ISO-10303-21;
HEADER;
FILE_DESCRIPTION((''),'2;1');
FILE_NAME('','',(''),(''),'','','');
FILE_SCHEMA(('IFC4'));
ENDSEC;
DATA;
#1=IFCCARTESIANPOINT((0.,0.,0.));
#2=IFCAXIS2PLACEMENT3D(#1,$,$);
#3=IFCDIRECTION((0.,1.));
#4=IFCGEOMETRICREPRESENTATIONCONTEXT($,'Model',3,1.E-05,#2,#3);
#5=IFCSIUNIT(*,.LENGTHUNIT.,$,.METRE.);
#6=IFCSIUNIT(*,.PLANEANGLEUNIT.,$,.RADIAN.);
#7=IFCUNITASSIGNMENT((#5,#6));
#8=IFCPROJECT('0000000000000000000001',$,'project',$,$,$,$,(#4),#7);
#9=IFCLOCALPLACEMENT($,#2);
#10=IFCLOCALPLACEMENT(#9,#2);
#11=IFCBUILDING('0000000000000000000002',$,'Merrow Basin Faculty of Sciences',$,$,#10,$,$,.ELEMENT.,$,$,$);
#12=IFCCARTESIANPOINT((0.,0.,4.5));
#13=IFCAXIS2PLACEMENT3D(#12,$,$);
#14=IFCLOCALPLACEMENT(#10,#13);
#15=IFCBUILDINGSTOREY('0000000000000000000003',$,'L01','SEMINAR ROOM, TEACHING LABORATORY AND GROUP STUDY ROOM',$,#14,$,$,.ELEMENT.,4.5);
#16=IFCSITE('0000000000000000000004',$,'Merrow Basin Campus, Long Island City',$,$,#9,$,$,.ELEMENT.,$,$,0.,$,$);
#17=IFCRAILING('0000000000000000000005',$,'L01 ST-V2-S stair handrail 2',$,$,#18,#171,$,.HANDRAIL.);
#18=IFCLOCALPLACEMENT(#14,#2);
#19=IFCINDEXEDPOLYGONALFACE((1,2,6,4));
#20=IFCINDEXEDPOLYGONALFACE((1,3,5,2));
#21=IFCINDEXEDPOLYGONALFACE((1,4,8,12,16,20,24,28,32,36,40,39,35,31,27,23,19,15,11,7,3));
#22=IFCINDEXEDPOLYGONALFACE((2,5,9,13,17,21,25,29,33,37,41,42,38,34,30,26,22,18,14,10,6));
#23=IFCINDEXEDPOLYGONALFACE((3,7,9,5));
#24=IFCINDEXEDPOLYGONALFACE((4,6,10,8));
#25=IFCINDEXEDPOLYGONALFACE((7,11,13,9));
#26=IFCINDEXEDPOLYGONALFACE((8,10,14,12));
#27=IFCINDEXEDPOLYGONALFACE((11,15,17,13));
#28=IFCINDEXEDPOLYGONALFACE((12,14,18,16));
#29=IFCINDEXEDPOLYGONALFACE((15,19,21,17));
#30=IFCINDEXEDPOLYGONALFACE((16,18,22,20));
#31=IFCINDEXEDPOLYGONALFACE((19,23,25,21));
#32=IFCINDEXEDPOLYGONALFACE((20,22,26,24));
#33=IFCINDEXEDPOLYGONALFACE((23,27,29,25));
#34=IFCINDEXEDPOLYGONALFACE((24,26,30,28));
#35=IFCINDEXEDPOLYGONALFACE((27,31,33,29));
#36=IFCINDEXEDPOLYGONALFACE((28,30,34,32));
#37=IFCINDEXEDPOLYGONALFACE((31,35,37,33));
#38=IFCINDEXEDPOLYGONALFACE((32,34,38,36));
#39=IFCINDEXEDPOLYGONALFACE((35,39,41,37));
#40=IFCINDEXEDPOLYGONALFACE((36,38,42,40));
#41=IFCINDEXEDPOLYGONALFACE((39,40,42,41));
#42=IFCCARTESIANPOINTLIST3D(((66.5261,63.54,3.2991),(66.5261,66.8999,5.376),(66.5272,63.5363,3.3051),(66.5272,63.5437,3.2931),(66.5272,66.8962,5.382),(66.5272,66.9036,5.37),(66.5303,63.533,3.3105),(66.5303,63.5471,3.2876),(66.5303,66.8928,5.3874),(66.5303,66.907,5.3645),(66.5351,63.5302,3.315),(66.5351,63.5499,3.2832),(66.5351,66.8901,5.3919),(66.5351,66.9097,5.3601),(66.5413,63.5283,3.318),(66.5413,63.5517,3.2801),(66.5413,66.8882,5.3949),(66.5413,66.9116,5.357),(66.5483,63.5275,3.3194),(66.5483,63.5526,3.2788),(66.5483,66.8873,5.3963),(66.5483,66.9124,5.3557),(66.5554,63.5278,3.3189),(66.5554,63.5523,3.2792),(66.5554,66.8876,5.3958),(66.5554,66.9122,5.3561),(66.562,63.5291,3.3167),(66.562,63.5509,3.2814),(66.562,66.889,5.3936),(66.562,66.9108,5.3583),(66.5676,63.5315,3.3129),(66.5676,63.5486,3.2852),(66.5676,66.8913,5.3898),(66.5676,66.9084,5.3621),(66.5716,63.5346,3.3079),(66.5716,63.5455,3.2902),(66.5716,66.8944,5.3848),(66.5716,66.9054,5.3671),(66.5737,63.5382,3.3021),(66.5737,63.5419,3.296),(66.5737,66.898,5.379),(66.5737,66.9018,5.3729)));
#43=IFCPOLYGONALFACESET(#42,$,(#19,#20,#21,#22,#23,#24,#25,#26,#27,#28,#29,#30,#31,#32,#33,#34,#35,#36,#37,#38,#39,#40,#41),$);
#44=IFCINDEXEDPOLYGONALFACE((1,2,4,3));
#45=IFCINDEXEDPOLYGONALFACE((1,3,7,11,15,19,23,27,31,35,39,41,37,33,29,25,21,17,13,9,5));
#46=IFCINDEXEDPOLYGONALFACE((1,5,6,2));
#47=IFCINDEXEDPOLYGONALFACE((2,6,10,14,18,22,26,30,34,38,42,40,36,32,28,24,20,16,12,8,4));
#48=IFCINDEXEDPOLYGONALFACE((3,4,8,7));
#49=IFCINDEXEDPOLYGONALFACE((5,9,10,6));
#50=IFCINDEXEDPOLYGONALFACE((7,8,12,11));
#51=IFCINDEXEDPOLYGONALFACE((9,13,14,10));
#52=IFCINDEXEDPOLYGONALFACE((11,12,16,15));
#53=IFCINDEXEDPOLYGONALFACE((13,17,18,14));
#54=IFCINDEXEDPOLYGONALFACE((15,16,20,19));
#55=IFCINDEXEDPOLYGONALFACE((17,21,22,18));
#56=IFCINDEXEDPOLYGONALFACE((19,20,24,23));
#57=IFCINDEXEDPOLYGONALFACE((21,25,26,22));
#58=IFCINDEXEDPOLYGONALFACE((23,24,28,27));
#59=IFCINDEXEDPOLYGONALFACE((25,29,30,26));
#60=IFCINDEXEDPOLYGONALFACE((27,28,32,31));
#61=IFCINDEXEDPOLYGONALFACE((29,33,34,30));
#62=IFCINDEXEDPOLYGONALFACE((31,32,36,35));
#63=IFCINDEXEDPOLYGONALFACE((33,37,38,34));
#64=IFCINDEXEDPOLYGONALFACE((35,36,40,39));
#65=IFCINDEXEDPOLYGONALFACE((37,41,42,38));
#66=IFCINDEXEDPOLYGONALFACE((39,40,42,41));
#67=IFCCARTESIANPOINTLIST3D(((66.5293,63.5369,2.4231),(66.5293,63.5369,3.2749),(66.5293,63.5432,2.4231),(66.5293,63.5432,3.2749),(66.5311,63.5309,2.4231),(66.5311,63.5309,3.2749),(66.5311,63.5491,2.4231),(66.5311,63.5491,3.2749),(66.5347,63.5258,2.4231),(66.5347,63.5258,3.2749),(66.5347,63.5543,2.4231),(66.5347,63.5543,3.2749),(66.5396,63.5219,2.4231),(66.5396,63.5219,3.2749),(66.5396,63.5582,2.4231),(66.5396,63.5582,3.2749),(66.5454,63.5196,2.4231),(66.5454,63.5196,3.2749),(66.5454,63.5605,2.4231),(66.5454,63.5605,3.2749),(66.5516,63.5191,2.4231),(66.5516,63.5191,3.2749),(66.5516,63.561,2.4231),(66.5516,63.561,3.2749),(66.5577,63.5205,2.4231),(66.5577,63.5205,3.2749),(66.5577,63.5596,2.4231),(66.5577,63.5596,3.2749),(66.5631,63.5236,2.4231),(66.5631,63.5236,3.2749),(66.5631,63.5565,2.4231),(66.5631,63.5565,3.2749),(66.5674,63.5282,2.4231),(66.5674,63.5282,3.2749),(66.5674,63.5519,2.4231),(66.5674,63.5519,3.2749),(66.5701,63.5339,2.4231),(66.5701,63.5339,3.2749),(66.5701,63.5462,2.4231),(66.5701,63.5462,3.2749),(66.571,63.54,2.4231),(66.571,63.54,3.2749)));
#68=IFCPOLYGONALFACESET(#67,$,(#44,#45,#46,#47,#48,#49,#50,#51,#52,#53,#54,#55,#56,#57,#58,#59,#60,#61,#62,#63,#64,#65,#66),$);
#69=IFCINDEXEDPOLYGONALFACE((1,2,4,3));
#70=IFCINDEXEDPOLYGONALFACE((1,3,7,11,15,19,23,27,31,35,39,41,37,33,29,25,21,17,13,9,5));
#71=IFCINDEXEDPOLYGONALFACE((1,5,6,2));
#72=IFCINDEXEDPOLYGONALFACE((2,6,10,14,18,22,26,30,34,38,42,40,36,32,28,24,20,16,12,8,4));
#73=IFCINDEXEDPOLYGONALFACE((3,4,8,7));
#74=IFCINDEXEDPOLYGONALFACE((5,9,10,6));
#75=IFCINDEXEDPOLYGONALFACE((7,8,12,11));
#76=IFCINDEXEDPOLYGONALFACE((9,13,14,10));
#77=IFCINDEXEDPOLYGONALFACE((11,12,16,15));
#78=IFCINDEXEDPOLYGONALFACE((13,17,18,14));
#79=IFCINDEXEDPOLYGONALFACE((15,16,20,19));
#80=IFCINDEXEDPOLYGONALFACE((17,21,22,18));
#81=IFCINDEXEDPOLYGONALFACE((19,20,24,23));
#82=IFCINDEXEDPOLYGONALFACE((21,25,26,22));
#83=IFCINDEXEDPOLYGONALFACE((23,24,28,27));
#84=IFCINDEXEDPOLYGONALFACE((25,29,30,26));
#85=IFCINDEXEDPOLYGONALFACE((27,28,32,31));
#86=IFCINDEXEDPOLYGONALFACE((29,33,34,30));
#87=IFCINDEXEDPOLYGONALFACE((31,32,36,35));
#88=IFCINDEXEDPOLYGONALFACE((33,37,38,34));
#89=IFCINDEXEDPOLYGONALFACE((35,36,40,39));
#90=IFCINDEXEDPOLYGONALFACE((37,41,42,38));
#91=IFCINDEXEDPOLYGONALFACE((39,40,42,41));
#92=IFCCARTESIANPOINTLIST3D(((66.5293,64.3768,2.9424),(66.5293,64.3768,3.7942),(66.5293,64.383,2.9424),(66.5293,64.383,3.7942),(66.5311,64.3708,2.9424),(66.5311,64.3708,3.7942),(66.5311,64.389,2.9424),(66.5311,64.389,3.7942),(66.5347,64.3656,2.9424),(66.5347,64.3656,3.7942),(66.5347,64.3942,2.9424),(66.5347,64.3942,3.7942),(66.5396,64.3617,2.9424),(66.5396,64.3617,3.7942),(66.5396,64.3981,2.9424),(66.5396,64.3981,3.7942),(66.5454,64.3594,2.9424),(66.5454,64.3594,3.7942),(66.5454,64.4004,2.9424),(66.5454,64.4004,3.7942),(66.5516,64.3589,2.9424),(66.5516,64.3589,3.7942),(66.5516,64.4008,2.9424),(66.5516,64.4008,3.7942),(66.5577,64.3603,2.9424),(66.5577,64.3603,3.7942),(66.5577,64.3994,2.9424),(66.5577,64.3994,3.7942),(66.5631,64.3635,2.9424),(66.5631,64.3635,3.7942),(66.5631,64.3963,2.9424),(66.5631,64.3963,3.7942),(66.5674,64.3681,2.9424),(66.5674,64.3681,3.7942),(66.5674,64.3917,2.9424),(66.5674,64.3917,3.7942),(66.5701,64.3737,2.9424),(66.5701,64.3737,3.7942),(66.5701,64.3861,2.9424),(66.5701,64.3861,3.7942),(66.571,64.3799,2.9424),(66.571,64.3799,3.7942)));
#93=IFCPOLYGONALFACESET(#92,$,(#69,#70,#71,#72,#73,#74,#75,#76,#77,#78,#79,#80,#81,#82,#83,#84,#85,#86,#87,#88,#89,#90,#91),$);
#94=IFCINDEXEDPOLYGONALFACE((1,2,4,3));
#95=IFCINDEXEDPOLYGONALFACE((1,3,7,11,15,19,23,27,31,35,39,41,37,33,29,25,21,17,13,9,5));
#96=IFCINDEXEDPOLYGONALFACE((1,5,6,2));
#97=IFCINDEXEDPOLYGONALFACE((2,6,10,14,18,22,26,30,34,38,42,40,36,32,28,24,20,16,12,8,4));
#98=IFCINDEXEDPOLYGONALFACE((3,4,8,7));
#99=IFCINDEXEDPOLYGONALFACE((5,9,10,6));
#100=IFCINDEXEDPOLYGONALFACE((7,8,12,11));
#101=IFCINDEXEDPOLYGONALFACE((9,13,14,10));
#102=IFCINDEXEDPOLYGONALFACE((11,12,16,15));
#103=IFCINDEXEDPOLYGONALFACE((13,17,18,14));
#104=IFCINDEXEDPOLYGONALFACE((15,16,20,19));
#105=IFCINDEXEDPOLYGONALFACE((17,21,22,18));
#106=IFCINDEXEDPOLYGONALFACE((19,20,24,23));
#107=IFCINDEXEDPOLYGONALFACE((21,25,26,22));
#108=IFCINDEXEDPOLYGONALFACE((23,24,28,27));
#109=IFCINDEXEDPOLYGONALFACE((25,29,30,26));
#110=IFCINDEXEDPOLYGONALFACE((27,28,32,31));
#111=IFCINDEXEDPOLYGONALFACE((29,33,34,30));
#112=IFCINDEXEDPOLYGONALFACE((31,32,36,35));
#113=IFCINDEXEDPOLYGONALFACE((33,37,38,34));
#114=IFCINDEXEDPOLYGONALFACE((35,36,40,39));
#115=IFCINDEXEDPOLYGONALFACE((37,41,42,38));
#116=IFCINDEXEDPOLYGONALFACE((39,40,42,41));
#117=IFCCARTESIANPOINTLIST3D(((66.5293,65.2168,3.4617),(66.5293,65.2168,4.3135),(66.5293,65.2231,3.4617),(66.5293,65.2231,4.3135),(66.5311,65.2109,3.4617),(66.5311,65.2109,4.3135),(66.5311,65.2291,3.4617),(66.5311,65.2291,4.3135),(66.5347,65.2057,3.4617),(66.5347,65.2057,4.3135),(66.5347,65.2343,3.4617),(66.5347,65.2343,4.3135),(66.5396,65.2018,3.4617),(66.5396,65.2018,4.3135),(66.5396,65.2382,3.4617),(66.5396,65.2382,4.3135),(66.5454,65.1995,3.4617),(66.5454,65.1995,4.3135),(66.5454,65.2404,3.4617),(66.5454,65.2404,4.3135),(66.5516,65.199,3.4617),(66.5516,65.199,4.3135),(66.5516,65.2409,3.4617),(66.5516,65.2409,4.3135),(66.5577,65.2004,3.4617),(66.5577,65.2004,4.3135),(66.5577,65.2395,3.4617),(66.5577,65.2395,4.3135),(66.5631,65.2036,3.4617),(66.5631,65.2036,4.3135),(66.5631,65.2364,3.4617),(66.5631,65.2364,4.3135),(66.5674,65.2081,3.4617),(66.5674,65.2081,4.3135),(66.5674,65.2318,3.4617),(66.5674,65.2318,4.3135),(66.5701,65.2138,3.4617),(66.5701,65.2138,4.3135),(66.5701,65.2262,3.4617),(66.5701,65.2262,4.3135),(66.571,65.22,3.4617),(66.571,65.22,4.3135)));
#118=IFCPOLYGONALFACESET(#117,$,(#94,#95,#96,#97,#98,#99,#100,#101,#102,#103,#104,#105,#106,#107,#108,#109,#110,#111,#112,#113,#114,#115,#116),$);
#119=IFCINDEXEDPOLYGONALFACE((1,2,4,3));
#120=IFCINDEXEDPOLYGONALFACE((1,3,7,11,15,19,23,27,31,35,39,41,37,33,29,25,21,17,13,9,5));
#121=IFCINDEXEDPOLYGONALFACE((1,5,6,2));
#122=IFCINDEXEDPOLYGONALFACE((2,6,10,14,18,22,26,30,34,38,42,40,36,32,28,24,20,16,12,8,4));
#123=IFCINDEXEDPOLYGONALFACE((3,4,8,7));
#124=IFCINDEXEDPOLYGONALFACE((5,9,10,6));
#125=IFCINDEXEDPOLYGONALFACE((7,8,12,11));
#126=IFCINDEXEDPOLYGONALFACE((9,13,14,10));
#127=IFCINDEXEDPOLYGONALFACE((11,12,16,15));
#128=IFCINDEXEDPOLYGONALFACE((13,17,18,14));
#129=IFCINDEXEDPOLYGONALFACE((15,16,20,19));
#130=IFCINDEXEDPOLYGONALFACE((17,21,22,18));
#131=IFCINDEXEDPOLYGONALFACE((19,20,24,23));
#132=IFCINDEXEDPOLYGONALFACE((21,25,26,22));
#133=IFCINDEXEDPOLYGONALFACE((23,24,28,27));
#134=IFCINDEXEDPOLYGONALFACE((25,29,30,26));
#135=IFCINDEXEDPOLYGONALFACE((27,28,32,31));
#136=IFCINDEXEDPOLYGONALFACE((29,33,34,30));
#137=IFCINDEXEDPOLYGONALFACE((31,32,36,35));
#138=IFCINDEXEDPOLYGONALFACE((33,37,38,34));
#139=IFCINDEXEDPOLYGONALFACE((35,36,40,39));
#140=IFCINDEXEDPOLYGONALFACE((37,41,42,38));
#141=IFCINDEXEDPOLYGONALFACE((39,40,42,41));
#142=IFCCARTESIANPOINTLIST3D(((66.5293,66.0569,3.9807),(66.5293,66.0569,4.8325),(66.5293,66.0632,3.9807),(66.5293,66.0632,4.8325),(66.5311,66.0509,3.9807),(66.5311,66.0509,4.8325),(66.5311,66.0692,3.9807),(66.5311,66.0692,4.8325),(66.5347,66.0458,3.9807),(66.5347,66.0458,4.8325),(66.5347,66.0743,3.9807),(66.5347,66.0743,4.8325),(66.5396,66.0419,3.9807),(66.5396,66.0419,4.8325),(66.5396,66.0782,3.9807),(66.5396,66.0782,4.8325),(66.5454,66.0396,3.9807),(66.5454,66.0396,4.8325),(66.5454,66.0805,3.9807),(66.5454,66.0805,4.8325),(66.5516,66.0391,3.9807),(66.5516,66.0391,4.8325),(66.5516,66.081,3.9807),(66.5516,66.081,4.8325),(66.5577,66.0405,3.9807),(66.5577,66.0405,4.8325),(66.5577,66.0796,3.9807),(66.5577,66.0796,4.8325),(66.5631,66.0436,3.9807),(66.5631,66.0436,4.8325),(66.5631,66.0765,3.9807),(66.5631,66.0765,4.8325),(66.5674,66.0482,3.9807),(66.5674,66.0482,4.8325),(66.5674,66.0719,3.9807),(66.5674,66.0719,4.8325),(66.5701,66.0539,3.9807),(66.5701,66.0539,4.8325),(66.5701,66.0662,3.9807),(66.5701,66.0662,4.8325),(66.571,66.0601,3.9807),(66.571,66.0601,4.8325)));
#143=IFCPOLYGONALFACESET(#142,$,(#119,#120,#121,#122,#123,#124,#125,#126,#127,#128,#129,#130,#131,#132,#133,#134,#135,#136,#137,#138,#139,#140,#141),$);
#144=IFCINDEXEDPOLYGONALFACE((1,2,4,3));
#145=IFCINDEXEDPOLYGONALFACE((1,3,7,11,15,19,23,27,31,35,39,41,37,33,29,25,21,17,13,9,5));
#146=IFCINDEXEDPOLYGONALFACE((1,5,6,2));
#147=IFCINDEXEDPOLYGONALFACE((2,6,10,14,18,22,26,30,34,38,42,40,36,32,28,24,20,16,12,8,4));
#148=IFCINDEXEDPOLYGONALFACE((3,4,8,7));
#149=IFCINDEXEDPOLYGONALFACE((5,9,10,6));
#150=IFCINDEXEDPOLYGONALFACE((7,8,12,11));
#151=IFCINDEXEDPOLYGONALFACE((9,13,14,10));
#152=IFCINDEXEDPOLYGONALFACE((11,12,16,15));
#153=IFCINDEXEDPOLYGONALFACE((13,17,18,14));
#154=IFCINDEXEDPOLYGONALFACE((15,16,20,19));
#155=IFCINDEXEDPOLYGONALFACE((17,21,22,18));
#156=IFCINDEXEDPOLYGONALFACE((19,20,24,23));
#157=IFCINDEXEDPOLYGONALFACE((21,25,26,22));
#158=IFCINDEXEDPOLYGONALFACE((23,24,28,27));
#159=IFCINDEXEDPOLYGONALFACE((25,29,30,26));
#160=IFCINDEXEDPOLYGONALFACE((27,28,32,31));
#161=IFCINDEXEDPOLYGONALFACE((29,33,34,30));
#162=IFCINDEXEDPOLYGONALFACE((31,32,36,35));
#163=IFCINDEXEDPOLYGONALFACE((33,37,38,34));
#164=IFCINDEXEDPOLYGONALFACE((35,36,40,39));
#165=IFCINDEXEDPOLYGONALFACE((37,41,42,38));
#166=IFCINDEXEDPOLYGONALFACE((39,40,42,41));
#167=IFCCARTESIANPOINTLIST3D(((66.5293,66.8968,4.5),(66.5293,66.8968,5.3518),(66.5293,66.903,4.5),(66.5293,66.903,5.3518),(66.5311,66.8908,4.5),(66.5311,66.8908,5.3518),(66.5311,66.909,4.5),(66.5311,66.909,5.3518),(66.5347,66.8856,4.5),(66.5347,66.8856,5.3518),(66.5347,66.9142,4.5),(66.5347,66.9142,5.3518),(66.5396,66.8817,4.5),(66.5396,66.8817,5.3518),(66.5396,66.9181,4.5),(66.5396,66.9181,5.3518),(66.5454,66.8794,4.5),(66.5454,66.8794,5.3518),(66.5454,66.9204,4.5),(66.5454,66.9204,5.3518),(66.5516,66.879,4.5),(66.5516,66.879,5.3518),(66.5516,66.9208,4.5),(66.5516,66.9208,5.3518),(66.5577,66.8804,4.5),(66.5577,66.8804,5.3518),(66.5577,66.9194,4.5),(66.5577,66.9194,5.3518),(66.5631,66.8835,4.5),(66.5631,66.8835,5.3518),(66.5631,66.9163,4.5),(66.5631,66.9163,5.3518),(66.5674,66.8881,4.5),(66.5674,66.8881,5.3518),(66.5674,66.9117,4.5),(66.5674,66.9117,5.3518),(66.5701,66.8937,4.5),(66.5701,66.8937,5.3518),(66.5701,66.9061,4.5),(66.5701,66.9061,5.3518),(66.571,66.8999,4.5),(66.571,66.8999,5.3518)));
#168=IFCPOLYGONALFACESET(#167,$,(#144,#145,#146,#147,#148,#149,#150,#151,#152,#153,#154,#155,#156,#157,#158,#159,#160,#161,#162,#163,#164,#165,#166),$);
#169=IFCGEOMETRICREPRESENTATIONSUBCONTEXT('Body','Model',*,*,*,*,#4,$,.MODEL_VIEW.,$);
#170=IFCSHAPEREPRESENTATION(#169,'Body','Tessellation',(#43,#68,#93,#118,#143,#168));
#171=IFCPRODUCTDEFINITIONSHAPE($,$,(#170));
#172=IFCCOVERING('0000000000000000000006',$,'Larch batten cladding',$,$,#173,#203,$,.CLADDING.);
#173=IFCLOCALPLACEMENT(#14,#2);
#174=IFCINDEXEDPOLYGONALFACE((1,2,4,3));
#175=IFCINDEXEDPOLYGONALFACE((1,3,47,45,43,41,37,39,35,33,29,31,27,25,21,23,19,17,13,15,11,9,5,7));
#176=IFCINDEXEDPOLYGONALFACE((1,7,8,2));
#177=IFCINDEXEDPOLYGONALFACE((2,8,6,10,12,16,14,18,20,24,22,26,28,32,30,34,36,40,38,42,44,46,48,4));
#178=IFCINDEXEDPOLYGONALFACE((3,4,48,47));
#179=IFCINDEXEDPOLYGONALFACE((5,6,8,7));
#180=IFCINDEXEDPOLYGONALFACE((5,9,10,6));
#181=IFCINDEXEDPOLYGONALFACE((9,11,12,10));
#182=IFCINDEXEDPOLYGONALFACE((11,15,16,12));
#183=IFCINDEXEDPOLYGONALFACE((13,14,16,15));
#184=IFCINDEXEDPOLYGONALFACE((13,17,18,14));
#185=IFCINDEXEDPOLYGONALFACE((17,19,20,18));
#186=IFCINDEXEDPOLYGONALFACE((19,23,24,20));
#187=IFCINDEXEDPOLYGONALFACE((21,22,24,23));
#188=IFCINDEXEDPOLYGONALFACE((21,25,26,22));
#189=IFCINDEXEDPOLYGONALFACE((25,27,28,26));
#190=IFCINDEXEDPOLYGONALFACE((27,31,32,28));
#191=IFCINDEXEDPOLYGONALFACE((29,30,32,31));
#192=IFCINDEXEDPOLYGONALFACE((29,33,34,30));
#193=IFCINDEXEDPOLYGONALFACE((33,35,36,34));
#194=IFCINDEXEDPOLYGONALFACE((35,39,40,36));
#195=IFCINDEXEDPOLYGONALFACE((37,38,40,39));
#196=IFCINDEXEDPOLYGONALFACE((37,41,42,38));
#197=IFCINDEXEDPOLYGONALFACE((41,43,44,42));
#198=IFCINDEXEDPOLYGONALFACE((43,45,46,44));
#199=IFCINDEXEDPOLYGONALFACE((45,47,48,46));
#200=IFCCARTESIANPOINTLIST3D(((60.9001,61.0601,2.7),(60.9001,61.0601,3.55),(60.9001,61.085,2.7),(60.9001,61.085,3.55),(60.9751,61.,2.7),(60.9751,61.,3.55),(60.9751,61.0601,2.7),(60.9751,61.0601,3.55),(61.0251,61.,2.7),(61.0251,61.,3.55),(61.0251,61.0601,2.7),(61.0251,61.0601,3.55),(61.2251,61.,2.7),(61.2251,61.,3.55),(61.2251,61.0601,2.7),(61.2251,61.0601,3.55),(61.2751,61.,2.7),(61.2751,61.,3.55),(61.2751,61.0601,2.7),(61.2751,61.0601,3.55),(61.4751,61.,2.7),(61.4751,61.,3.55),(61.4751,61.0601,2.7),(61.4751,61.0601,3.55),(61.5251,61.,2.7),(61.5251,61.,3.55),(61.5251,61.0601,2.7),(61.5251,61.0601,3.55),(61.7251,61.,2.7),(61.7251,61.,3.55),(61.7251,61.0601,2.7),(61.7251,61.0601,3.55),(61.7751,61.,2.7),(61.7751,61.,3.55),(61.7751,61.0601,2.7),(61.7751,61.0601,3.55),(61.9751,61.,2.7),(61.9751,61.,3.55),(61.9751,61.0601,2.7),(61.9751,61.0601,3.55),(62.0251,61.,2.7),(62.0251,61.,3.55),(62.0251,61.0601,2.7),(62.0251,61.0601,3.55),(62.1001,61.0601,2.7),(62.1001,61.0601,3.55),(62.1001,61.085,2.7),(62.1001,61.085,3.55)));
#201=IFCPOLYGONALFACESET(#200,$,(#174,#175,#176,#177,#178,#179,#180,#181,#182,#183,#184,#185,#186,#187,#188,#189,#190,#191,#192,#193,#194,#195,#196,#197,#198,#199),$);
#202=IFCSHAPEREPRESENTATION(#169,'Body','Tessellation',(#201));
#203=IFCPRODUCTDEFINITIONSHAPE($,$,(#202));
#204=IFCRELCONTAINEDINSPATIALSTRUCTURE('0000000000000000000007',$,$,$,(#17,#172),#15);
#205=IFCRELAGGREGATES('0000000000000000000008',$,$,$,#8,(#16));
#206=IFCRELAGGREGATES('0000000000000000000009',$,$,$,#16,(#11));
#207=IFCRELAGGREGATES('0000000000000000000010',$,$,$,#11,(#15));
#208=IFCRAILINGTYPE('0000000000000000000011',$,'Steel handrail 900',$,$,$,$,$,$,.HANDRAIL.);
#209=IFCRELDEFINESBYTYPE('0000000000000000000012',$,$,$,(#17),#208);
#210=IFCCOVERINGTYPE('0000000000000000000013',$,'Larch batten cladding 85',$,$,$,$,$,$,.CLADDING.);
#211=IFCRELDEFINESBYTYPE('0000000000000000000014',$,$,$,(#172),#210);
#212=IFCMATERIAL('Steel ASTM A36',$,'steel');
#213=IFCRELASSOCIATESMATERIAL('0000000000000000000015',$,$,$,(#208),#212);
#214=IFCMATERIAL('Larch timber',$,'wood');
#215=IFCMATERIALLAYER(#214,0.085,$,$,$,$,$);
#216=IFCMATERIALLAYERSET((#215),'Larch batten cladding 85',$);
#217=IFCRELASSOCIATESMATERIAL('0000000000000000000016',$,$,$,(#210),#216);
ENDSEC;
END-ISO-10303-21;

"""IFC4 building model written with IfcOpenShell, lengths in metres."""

from ifc_helpers import new_model, si_unit, direction, frame, origin, origin_2d, place, context, subcontext, project, spatial, polyline, circle, outline, extrude, source, transform, mapped, material, layer, layer_set, type_object, element, save


model = new_model("IFC4")

# Units and contexts
model_context = context("Model", 3, precision=1e-05, world=origin(), true_north=direction((0.0, 1.0)))
body_context = subcontext(model_context, "Body", "Model", "MODEL_VIEW")
ifc_project = project(units=[si_unit("LENGTHUNIT", "METRE"), si_unit("PLANEANGLEUNIT", "RADIAN")], contexts=[model_context])

# Site, building, storey
site_placement = place(None, origin())
site = spatial("IfcSite", under=ifc_project, at=site_placement, Name="Merrow Basin Campus, Long Island City", CompositionType="ELEMENT", RefElevation=0.0)
building_placement = place(site_placement, origin())
building = spatial("IfcBuilding", under=site, at=building_placement, Name="Merrow Basin Faculty of Sciences", CompositionType="ELEMENT")
storey_placement = place(building_placement, frame((0.0, 0.0, 4.5)))
storey = spatial("IfcBuildingStorey", under=building, at=storey_placement, Name="L01", Description="SEMINAR ROOM, TEACHING LABORATORY AND GROUP STUDY ROOM", CompositionType="ELEMENT", Elevation=4.5)

# Railing
ifc_material_1 = material(Name="Steel ASTM A36", Category="steel")
railing_type_1 = type_object("IfcRailingType", Name="Steel handrail 900", PredefinedType="HANDRAIL", material=ifc_material_1)
railing_1_placement = place(storey_placement, frame((66.55, 63.54, 2.4231)))
element("IfcRailing", 1, at=railing_1_placement, inside=storey, type_object=railing_type_1, Name="L01 ST-V2-S stair handrail 2", PredefinedType="HANDRAIL", context=body_context, shape_type="SweptSolid", body=[
    extrude(circle(Radius=0.0239, at=origin_2d()), frame((0.0, 0.0, 0.876), z_axis=(0.0, 0.850606, 0.525803), x_axis=(-1.0, 0.0, 0.0)), (0.0, 0.0, 1.0), 3.95),
    extrude(circle(Radius=0.021, at=origin_2d()), origin(), (0.0, 0.0, 1.0), 0.8518),
    extrude(circle(Radius=0.021, at=origin_2d()), frame((0.0, 0.8398, 0.5193)), (0.0, 0.0, 1.0), 0.8518),
    extrude(circle(Radius=0.021, at=origin_2d()), frame((0.0, 1.6799, 1.0386)), (0.0, 0.0, 1.0), 0.8518),
    extrude(circle(Radius=0.021, at=origin_2d()), frame((0.0, 2.52, 1.5576)), (0.0, 0.0, 1.0), 0.8518),
    extrude(circle(Radius=0.021, at=origin_2d()), frame((0.0, 3.3599, 2.0769)), (0.0, 0.0, 1.0), 0.8518),
])

# Covering
ifc_material_2 = material(Name="Larch timber", Category="wood")
ifc_layer_1 = layer(ifc_material_2, 0.085)
ifc_layer_set_1 = layer_set([ifc_layer_1], Name="Larch batten cladding 85")
covering_type = type_object("IfcCoveringType", Name="Larch batten cladding 85", PredefinedType="CLADDING", material=ifc_layer_set_1)
shared_shape_1 = source(origin(), body_context, "Body", "SweptSolid", [
    extrude(outline(polyline([(0.0, 0.0), (1.2, 0.0), (1.2, 0.0249), (1.125, 0.0249), (1.125, 0.085), (1.075, 0.085), (1.075, 0.0249), (0.875, 0.0249), (0.875, 0.085), (0.825, 0.085), (0.825, 0.0249), (0.625, 0.0249), (0.625, 0.085), (0.575, 0.085), (0.575, 0.0249), (0.375, 0.0249), (0.375, 0.085), (0.325, 0.085), (0.325, 0.0249), (0.125, 0.0249), (0.125, 0.085), (0.075, 0.085), (0.075, 0.0249), (0.0, 0.0249), (0.0, 0.0)])), origin(), (0.0, 0.0, 1.0), 0.8501),
])
covering_1_placement = place(storey_placement, frame((62.1001, 61.085, 2.7), z_axis=(0.0, 0.0, 1.0), x_axis=(-1.0, 0.0, 0.0)))
element("IfcCovering", 2, at=covering_1_placement, inside=storey, type_object=covering_type, Name="Larch batten cladding", PredefinedType="CLADDING", context=body_context, shape_type="MappedRepresentation", body=[
    mapped(shared_shape_1, transform((0.0, 0.0, 0.0), scale=1.0)),
])

save(model, "model.ifc")
